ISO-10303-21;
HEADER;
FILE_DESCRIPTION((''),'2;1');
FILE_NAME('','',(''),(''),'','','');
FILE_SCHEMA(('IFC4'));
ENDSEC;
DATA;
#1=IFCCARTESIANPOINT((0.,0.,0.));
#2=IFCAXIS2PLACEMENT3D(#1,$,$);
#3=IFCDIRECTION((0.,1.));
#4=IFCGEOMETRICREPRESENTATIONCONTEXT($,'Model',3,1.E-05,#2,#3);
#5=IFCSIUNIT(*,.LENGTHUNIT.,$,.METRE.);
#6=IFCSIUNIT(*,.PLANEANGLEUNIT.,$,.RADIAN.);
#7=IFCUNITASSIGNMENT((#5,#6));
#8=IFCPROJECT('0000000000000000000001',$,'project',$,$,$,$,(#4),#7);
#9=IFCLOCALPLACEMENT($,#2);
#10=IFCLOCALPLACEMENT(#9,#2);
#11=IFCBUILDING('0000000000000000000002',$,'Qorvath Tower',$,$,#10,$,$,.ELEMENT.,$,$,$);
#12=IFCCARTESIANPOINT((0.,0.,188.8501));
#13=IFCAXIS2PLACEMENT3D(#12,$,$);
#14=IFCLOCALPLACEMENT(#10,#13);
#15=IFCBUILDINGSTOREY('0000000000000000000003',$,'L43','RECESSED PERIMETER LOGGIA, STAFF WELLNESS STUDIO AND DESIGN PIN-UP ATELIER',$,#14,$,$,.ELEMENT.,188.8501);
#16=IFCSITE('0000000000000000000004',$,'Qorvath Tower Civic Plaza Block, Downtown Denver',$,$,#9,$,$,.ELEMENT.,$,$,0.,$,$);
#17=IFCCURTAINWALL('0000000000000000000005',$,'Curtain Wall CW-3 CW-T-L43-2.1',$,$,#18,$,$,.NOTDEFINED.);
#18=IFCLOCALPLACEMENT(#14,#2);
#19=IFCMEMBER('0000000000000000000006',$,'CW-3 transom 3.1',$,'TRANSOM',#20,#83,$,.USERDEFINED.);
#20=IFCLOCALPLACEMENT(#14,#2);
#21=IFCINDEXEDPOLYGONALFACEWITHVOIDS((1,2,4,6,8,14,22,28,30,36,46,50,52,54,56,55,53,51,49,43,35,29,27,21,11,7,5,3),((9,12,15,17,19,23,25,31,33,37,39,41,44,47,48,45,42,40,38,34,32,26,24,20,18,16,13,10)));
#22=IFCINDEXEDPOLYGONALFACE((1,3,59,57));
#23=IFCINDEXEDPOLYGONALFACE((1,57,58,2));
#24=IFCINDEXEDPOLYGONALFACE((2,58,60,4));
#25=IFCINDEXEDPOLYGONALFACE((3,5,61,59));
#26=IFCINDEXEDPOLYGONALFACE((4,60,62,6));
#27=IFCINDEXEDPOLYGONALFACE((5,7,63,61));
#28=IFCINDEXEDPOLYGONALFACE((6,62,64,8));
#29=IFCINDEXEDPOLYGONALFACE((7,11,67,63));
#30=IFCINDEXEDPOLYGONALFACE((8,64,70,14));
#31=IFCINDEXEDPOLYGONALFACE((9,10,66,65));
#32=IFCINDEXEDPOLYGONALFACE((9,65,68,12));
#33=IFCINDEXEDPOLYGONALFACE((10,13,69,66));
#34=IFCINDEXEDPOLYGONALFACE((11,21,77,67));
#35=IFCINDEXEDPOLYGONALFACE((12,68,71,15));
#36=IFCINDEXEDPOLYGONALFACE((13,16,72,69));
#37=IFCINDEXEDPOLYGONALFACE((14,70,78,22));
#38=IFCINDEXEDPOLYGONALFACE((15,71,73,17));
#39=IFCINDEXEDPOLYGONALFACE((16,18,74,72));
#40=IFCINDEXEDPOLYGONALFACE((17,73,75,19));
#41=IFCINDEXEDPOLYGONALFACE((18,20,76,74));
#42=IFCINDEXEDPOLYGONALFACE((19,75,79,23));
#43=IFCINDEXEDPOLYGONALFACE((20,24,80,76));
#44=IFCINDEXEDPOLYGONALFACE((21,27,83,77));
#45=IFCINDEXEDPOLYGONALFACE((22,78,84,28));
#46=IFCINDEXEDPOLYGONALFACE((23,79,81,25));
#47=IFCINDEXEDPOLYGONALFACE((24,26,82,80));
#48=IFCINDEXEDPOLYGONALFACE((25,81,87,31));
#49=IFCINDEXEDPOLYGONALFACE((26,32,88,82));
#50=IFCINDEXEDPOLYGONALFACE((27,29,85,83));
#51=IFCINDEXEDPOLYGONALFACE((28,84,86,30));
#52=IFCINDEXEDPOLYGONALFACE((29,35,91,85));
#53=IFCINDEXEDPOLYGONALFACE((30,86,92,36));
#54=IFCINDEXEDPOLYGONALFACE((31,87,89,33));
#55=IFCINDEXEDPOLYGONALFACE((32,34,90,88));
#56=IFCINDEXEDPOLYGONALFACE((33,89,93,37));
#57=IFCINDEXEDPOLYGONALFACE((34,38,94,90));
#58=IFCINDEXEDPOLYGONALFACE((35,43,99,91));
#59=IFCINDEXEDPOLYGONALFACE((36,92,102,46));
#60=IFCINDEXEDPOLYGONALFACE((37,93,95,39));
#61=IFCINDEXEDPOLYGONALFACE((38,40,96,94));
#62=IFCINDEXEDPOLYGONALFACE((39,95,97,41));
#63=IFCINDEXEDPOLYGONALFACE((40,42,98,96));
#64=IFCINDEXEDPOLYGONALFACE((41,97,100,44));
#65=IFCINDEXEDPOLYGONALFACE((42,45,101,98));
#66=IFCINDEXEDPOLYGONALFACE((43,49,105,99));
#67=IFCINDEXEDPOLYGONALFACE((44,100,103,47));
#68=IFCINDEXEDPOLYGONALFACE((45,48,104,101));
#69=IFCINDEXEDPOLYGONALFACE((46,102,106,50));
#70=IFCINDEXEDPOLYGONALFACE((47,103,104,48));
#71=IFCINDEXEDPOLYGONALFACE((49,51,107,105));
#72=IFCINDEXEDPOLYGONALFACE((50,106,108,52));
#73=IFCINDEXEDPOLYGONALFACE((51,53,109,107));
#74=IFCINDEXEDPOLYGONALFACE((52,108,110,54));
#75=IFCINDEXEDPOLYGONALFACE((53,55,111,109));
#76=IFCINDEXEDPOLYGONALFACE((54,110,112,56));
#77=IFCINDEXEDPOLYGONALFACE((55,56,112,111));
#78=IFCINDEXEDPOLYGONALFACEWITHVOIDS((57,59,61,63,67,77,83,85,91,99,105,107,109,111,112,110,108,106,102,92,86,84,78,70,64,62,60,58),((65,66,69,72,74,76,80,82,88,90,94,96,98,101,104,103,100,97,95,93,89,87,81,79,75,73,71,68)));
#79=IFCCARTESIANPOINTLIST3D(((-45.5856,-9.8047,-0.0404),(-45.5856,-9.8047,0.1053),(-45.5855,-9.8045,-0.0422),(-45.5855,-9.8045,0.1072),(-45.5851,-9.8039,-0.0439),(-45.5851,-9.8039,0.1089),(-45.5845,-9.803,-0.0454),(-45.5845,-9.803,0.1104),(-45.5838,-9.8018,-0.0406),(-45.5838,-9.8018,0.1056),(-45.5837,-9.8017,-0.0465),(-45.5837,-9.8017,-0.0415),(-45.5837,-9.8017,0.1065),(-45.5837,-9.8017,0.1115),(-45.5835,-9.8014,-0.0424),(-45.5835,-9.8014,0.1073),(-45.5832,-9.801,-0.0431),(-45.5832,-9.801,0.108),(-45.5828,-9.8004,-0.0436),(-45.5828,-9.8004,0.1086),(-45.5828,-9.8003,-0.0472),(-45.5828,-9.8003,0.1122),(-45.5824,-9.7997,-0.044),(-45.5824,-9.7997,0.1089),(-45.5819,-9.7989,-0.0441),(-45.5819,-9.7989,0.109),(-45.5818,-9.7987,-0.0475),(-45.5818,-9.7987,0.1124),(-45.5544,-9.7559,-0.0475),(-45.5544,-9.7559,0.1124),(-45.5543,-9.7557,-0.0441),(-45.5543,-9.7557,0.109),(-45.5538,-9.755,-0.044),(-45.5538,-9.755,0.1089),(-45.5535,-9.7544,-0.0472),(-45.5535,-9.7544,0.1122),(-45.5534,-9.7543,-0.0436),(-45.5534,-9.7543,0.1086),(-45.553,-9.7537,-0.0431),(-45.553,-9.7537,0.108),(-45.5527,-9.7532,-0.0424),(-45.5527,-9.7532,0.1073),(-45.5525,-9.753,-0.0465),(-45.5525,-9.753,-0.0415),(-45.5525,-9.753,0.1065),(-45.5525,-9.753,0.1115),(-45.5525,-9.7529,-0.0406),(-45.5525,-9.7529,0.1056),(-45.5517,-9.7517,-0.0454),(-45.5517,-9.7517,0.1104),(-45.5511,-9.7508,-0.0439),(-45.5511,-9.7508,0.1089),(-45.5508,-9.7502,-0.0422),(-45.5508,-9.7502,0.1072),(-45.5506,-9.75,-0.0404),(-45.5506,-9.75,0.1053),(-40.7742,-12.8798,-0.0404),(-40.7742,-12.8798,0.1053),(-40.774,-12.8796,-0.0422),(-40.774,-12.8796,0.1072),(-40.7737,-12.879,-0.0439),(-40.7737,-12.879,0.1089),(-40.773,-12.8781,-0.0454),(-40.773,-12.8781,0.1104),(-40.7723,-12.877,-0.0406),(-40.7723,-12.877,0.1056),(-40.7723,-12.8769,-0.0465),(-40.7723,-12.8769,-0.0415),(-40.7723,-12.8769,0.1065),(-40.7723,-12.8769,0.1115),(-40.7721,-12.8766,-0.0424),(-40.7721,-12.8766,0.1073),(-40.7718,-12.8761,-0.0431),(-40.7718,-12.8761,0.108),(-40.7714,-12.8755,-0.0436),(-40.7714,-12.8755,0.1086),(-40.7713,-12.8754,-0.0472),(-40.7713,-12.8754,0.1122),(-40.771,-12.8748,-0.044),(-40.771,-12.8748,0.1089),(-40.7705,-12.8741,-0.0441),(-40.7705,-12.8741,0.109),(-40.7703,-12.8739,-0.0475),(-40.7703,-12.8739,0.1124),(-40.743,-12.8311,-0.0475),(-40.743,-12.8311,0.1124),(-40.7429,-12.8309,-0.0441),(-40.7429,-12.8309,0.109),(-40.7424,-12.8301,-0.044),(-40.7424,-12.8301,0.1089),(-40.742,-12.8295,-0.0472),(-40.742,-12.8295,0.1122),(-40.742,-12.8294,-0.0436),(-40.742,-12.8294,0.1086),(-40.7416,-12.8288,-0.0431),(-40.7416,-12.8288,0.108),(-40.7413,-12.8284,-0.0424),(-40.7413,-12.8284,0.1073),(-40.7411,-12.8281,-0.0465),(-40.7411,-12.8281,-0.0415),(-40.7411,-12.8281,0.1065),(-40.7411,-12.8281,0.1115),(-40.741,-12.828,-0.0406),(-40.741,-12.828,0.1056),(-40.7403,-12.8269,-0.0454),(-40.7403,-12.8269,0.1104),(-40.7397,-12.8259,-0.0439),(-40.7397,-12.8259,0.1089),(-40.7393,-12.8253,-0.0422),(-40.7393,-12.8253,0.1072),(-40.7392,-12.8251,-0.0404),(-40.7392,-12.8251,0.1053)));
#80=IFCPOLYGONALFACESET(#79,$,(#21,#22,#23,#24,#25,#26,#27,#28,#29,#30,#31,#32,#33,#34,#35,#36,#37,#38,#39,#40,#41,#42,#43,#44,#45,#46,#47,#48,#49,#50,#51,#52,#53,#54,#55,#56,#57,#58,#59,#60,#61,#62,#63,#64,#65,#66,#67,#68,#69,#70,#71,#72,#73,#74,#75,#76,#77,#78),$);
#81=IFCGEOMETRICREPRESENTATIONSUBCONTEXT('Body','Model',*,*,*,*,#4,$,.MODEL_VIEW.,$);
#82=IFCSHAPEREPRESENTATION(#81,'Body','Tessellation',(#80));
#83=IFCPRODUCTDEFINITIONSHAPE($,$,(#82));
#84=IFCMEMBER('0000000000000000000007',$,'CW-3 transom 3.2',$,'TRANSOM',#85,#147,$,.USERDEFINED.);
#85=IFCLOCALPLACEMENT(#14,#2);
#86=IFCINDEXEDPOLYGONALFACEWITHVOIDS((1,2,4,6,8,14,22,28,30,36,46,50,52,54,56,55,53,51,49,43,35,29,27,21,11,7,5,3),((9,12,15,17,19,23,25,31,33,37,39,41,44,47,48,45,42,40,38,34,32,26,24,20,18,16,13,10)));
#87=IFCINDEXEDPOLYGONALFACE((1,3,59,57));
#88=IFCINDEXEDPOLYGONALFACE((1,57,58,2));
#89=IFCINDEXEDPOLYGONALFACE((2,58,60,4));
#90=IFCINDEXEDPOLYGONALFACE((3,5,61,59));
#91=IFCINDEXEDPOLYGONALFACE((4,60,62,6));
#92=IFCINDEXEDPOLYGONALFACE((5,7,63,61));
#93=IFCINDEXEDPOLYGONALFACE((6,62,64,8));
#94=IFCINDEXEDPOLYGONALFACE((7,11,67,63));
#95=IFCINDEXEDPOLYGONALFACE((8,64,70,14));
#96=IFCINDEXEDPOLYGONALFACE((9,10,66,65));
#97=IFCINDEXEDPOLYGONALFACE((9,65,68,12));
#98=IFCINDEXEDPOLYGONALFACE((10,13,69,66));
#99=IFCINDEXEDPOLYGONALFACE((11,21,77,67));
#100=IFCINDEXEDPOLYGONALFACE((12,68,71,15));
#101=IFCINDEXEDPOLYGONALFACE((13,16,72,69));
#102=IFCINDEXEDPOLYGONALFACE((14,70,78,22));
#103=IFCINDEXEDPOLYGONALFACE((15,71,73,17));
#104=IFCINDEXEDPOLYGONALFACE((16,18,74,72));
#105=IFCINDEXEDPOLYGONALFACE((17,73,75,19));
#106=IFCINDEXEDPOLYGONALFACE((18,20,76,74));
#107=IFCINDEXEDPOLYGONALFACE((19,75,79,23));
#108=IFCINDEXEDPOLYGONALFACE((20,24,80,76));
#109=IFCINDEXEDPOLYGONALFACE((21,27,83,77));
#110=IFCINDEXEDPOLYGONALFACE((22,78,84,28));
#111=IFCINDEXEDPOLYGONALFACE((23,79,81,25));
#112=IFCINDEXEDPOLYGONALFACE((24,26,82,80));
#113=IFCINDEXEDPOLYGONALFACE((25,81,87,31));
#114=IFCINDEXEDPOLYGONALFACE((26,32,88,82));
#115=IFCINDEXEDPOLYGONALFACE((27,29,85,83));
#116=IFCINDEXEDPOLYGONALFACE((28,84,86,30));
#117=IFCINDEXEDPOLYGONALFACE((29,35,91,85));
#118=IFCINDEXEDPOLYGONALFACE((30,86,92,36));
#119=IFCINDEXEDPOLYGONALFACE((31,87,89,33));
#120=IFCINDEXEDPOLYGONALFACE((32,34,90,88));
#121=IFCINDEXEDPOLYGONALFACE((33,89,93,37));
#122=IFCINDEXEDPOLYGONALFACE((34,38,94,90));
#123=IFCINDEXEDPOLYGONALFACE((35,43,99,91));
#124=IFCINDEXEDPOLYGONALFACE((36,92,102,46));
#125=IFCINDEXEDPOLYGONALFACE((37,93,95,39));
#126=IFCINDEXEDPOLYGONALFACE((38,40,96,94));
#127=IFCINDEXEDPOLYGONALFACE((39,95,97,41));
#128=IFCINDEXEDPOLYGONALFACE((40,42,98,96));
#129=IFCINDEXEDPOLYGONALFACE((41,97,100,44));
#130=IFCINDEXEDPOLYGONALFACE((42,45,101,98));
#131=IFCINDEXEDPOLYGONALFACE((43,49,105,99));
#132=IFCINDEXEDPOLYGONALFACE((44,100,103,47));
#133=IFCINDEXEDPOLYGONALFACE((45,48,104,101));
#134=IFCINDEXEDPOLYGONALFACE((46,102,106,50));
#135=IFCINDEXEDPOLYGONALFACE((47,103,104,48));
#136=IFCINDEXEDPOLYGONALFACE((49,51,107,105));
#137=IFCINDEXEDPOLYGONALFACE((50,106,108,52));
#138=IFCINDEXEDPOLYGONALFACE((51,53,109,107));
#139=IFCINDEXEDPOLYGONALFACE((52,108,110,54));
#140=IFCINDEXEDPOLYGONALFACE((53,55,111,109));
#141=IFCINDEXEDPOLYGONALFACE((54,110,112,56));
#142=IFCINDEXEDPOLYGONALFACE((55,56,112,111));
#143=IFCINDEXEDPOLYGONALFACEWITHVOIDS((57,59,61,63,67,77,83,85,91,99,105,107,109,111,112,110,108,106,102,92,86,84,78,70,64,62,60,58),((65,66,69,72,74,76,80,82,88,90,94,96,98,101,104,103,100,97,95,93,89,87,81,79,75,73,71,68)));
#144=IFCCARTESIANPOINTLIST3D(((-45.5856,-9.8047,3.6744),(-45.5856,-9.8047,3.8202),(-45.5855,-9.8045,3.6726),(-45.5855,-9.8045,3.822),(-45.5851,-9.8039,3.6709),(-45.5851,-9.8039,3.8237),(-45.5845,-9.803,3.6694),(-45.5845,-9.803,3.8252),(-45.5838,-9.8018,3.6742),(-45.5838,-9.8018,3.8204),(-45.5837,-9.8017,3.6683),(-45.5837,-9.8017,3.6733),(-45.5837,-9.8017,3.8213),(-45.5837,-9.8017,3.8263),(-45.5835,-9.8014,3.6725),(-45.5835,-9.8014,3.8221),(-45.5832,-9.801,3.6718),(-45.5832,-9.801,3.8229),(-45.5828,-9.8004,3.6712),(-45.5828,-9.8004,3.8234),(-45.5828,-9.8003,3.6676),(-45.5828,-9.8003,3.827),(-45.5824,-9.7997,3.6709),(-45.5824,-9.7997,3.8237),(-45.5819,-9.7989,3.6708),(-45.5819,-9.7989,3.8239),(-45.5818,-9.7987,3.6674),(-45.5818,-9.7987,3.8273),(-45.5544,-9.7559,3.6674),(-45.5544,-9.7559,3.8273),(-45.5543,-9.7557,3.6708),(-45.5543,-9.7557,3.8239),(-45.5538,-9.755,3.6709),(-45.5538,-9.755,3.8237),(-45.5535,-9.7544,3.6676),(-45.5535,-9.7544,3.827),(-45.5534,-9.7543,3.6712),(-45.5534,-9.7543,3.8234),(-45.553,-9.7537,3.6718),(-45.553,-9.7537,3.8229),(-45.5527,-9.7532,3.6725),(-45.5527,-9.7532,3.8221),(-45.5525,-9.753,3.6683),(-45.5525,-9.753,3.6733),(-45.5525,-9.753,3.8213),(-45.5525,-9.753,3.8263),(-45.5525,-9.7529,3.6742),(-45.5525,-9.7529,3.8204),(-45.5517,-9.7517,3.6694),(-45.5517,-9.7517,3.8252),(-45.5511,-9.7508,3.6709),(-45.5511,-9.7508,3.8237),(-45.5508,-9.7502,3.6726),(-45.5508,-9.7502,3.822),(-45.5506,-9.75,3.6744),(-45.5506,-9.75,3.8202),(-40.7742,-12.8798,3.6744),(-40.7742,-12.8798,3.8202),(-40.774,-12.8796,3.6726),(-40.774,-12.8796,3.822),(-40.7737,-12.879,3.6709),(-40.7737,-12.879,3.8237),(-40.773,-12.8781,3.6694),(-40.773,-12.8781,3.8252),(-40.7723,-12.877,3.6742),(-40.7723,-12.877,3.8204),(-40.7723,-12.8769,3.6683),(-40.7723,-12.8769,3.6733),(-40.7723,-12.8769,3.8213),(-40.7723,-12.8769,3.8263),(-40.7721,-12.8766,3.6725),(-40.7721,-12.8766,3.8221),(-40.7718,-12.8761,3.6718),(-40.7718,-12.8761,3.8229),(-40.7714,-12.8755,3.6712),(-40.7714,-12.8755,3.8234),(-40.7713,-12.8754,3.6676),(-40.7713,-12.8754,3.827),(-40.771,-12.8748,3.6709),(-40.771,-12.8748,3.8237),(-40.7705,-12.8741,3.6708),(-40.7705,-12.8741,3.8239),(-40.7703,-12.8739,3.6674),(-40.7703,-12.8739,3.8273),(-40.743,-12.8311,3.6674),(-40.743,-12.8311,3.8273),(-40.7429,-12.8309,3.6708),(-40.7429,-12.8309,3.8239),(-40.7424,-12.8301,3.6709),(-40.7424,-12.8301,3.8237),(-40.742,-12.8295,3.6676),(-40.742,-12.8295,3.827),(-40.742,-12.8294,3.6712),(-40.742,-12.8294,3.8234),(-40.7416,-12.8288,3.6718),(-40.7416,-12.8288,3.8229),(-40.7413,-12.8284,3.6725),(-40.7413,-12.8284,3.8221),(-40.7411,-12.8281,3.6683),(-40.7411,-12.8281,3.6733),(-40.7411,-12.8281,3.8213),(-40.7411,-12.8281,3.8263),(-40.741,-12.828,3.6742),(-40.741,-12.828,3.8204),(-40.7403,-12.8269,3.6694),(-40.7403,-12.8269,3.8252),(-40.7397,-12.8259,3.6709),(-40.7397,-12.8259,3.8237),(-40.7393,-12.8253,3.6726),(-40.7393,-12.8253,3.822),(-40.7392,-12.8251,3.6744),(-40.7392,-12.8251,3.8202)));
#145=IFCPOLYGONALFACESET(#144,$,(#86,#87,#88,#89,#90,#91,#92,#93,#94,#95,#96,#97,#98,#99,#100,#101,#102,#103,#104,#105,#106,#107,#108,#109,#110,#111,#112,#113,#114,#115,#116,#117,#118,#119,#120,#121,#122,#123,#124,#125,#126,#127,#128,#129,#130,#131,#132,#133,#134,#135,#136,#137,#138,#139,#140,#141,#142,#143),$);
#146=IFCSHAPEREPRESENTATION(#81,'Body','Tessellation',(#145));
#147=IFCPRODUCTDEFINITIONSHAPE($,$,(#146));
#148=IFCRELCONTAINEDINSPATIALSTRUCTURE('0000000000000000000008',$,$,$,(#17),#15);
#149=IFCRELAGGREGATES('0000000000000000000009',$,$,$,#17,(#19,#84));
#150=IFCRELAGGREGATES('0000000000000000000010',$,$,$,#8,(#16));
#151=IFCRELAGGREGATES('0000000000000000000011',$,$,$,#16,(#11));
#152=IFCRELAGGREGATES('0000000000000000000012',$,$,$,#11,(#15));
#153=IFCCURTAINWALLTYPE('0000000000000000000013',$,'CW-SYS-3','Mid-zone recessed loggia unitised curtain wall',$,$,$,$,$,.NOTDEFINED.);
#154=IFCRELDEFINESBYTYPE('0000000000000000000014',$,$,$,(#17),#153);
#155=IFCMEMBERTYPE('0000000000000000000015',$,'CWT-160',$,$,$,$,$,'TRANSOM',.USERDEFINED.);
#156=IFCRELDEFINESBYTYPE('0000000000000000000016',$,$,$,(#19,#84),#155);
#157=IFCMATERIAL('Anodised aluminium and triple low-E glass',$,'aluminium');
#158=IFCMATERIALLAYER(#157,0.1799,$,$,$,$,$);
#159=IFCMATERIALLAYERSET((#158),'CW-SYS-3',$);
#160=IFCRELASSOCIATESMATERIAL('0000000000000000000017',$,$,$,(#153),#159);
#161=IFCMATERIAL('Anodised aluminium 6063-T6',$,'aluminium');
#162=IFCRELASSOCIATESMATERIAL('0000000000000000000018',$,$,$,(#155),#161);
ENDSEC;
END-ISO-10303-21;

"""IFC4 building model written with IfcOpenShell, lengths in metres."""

from ifc_helpers import new_model, si_unit, direction, frame, origin, origin_2d, place, context, subcontext, project, spatial, hollow_rectangle, extrude, material, layer, layer_set, material_profile, profile_set, type_object, element, aggregate, save


model = new_model("IFC4")

# Units and contexts
model_context = context("Model", 3, precision=1e-05, world=origin(), true_north=direction((0.0, 1.0)))
body_context = subcontext(model_context, "Body", "Model", "MODEL_VIEW")
ifc_project = project(units=[si_unit("LENGTHUNIT", "METRE"), si_unit("PLANEANGLEUNIT", "RADIAN")], contexts=[model_context])

# Site, building, storey
site_placement = place(None, origin())
site = spatial("IfcSite", under=ifc_project, at=site_placement, Name="Qorvath Tower Civic Plaza Block, Downtown Denver", CompositionType="ELEMENT", RefElevation=0.0)
building_placement = place(site_placement, origin())
building = spatial("IfcBuilding", under=site, at=building_placement, Name="Qorvath Tower", CompositionType="ELEMENT")
storey_placement = place(building_placement, frame((0.0, 0.0, 188.8501)))
storey = spatial("IfcBuildingStorey", under=building, at=storey_placement, Name="L43", Description="RECESSED PERIMETER LOGGIA, STAFF WELLNESS STUDIO AND DESIGN PIN-UP ATELIER", CompositionType="ELEMENT", Elevation=188.8501)

# Curtain wall, members
ifc_material_1 = material(Name="Anodised aluminium and triple low-E glass", Category="aluminium")
ifc_layer_1 = layer(ifc_material_1, 0.1799)
ifc_layer_set_1 = layer_set([ifc_layer_1], Name="CW-SYS-3")
curtain_wall_type = type_object("IfcCurtainWallType", Name="CW-SYS-3", Description="Mid-zone recessed loggia unitised curtain wall", PredefinedType="NOTDEFINED", material=ifc_layer_set_1)
curtain_wall_placement = place(storey_placement, origin())
curtain_wall = element("IfcCurtainWall", 1, at=curtain_wall_placement, inside=storey, type_object=curtain_wall_type, Name="Curtain Wall CW-3 CW-T-L43-2.1", PredefinedType="NOTDEFINED")
ifc_material_2 = material(Name="Anodised aluminium 6063-T6", Category="aluminium")
ifc_material_profile_1 = material_profile(ifc_material_2, hollow_rectangle(XDim=0.0649, YDim=0.1599, WallThickness=0.0034, InnerFilletRadius=0.0034, OuterFilletRadius=0.0071, at=origin_2d()), Name="CWT 160x65")
ifc_profile_set_1 = profile_set([ifc_material_profile_1], Name="Anodised aluminium 6063-T6")
member_type_1 = type_object("IfcMemberType", Name="CWT-160", ElementType="TRANSOM", PredefinedType="USERDEFINED", material=ifc_profile_set_1)
member_1_placement = place(storey_placement, frame((-45.5681, -9.7773, 0.0325), z_axis=(0.842604, -0.538534, 0.0), x_axis=(0.538534, 0.842604, 0.0)))
member_1 = element("IfcMember", 2, at=member_1_placement, type_object=member_type_1, Name="CW-3 transom 3.1", ObjectType="TRANSOM", PredefinedType="USERDEFINED", context=body_context, shape_type="SweptSolid", body=[
    extrude(hollow_rectangle(XDim=0.0649, YDim=0.1599, WallThickness=0.0034, InnerFilletRadius=0.0034, OuterFilletRadius=0.0071, at=origin_2d()), origin(), (0.0, 0.0, 1.0), 5.7102),
])
member_2_placement = place(storey_placement, frame((-45.5681, -9.7773, 3.7473), z_axis=(0.842604, -0.538534, 0.0), x_axis=(0.538534, 0.842604, 0.0)))
member_2 = element("IfcMember", 3, at=member_2_placement, type_object=member_type_1, Name="CW-3 transom 3.2", ObjectType="TRANSOM", PredefinedType="USERDEFINED", context=body_context, shape_type="SweptSolid", body=[
    extrude(hollow_rectangle(XDim=0.0649, YDim=0.1599, WallThickness=0.0034, InnerFilletRadius=0.0034, OuterFilletRadius=0.0071, at=origin_2d()), origin(), (0.0, 0.0, 1.0), 5.7102),
])
aggregate(curtain_wall, [member_1, member_2])

save(model, "model.ifc")
